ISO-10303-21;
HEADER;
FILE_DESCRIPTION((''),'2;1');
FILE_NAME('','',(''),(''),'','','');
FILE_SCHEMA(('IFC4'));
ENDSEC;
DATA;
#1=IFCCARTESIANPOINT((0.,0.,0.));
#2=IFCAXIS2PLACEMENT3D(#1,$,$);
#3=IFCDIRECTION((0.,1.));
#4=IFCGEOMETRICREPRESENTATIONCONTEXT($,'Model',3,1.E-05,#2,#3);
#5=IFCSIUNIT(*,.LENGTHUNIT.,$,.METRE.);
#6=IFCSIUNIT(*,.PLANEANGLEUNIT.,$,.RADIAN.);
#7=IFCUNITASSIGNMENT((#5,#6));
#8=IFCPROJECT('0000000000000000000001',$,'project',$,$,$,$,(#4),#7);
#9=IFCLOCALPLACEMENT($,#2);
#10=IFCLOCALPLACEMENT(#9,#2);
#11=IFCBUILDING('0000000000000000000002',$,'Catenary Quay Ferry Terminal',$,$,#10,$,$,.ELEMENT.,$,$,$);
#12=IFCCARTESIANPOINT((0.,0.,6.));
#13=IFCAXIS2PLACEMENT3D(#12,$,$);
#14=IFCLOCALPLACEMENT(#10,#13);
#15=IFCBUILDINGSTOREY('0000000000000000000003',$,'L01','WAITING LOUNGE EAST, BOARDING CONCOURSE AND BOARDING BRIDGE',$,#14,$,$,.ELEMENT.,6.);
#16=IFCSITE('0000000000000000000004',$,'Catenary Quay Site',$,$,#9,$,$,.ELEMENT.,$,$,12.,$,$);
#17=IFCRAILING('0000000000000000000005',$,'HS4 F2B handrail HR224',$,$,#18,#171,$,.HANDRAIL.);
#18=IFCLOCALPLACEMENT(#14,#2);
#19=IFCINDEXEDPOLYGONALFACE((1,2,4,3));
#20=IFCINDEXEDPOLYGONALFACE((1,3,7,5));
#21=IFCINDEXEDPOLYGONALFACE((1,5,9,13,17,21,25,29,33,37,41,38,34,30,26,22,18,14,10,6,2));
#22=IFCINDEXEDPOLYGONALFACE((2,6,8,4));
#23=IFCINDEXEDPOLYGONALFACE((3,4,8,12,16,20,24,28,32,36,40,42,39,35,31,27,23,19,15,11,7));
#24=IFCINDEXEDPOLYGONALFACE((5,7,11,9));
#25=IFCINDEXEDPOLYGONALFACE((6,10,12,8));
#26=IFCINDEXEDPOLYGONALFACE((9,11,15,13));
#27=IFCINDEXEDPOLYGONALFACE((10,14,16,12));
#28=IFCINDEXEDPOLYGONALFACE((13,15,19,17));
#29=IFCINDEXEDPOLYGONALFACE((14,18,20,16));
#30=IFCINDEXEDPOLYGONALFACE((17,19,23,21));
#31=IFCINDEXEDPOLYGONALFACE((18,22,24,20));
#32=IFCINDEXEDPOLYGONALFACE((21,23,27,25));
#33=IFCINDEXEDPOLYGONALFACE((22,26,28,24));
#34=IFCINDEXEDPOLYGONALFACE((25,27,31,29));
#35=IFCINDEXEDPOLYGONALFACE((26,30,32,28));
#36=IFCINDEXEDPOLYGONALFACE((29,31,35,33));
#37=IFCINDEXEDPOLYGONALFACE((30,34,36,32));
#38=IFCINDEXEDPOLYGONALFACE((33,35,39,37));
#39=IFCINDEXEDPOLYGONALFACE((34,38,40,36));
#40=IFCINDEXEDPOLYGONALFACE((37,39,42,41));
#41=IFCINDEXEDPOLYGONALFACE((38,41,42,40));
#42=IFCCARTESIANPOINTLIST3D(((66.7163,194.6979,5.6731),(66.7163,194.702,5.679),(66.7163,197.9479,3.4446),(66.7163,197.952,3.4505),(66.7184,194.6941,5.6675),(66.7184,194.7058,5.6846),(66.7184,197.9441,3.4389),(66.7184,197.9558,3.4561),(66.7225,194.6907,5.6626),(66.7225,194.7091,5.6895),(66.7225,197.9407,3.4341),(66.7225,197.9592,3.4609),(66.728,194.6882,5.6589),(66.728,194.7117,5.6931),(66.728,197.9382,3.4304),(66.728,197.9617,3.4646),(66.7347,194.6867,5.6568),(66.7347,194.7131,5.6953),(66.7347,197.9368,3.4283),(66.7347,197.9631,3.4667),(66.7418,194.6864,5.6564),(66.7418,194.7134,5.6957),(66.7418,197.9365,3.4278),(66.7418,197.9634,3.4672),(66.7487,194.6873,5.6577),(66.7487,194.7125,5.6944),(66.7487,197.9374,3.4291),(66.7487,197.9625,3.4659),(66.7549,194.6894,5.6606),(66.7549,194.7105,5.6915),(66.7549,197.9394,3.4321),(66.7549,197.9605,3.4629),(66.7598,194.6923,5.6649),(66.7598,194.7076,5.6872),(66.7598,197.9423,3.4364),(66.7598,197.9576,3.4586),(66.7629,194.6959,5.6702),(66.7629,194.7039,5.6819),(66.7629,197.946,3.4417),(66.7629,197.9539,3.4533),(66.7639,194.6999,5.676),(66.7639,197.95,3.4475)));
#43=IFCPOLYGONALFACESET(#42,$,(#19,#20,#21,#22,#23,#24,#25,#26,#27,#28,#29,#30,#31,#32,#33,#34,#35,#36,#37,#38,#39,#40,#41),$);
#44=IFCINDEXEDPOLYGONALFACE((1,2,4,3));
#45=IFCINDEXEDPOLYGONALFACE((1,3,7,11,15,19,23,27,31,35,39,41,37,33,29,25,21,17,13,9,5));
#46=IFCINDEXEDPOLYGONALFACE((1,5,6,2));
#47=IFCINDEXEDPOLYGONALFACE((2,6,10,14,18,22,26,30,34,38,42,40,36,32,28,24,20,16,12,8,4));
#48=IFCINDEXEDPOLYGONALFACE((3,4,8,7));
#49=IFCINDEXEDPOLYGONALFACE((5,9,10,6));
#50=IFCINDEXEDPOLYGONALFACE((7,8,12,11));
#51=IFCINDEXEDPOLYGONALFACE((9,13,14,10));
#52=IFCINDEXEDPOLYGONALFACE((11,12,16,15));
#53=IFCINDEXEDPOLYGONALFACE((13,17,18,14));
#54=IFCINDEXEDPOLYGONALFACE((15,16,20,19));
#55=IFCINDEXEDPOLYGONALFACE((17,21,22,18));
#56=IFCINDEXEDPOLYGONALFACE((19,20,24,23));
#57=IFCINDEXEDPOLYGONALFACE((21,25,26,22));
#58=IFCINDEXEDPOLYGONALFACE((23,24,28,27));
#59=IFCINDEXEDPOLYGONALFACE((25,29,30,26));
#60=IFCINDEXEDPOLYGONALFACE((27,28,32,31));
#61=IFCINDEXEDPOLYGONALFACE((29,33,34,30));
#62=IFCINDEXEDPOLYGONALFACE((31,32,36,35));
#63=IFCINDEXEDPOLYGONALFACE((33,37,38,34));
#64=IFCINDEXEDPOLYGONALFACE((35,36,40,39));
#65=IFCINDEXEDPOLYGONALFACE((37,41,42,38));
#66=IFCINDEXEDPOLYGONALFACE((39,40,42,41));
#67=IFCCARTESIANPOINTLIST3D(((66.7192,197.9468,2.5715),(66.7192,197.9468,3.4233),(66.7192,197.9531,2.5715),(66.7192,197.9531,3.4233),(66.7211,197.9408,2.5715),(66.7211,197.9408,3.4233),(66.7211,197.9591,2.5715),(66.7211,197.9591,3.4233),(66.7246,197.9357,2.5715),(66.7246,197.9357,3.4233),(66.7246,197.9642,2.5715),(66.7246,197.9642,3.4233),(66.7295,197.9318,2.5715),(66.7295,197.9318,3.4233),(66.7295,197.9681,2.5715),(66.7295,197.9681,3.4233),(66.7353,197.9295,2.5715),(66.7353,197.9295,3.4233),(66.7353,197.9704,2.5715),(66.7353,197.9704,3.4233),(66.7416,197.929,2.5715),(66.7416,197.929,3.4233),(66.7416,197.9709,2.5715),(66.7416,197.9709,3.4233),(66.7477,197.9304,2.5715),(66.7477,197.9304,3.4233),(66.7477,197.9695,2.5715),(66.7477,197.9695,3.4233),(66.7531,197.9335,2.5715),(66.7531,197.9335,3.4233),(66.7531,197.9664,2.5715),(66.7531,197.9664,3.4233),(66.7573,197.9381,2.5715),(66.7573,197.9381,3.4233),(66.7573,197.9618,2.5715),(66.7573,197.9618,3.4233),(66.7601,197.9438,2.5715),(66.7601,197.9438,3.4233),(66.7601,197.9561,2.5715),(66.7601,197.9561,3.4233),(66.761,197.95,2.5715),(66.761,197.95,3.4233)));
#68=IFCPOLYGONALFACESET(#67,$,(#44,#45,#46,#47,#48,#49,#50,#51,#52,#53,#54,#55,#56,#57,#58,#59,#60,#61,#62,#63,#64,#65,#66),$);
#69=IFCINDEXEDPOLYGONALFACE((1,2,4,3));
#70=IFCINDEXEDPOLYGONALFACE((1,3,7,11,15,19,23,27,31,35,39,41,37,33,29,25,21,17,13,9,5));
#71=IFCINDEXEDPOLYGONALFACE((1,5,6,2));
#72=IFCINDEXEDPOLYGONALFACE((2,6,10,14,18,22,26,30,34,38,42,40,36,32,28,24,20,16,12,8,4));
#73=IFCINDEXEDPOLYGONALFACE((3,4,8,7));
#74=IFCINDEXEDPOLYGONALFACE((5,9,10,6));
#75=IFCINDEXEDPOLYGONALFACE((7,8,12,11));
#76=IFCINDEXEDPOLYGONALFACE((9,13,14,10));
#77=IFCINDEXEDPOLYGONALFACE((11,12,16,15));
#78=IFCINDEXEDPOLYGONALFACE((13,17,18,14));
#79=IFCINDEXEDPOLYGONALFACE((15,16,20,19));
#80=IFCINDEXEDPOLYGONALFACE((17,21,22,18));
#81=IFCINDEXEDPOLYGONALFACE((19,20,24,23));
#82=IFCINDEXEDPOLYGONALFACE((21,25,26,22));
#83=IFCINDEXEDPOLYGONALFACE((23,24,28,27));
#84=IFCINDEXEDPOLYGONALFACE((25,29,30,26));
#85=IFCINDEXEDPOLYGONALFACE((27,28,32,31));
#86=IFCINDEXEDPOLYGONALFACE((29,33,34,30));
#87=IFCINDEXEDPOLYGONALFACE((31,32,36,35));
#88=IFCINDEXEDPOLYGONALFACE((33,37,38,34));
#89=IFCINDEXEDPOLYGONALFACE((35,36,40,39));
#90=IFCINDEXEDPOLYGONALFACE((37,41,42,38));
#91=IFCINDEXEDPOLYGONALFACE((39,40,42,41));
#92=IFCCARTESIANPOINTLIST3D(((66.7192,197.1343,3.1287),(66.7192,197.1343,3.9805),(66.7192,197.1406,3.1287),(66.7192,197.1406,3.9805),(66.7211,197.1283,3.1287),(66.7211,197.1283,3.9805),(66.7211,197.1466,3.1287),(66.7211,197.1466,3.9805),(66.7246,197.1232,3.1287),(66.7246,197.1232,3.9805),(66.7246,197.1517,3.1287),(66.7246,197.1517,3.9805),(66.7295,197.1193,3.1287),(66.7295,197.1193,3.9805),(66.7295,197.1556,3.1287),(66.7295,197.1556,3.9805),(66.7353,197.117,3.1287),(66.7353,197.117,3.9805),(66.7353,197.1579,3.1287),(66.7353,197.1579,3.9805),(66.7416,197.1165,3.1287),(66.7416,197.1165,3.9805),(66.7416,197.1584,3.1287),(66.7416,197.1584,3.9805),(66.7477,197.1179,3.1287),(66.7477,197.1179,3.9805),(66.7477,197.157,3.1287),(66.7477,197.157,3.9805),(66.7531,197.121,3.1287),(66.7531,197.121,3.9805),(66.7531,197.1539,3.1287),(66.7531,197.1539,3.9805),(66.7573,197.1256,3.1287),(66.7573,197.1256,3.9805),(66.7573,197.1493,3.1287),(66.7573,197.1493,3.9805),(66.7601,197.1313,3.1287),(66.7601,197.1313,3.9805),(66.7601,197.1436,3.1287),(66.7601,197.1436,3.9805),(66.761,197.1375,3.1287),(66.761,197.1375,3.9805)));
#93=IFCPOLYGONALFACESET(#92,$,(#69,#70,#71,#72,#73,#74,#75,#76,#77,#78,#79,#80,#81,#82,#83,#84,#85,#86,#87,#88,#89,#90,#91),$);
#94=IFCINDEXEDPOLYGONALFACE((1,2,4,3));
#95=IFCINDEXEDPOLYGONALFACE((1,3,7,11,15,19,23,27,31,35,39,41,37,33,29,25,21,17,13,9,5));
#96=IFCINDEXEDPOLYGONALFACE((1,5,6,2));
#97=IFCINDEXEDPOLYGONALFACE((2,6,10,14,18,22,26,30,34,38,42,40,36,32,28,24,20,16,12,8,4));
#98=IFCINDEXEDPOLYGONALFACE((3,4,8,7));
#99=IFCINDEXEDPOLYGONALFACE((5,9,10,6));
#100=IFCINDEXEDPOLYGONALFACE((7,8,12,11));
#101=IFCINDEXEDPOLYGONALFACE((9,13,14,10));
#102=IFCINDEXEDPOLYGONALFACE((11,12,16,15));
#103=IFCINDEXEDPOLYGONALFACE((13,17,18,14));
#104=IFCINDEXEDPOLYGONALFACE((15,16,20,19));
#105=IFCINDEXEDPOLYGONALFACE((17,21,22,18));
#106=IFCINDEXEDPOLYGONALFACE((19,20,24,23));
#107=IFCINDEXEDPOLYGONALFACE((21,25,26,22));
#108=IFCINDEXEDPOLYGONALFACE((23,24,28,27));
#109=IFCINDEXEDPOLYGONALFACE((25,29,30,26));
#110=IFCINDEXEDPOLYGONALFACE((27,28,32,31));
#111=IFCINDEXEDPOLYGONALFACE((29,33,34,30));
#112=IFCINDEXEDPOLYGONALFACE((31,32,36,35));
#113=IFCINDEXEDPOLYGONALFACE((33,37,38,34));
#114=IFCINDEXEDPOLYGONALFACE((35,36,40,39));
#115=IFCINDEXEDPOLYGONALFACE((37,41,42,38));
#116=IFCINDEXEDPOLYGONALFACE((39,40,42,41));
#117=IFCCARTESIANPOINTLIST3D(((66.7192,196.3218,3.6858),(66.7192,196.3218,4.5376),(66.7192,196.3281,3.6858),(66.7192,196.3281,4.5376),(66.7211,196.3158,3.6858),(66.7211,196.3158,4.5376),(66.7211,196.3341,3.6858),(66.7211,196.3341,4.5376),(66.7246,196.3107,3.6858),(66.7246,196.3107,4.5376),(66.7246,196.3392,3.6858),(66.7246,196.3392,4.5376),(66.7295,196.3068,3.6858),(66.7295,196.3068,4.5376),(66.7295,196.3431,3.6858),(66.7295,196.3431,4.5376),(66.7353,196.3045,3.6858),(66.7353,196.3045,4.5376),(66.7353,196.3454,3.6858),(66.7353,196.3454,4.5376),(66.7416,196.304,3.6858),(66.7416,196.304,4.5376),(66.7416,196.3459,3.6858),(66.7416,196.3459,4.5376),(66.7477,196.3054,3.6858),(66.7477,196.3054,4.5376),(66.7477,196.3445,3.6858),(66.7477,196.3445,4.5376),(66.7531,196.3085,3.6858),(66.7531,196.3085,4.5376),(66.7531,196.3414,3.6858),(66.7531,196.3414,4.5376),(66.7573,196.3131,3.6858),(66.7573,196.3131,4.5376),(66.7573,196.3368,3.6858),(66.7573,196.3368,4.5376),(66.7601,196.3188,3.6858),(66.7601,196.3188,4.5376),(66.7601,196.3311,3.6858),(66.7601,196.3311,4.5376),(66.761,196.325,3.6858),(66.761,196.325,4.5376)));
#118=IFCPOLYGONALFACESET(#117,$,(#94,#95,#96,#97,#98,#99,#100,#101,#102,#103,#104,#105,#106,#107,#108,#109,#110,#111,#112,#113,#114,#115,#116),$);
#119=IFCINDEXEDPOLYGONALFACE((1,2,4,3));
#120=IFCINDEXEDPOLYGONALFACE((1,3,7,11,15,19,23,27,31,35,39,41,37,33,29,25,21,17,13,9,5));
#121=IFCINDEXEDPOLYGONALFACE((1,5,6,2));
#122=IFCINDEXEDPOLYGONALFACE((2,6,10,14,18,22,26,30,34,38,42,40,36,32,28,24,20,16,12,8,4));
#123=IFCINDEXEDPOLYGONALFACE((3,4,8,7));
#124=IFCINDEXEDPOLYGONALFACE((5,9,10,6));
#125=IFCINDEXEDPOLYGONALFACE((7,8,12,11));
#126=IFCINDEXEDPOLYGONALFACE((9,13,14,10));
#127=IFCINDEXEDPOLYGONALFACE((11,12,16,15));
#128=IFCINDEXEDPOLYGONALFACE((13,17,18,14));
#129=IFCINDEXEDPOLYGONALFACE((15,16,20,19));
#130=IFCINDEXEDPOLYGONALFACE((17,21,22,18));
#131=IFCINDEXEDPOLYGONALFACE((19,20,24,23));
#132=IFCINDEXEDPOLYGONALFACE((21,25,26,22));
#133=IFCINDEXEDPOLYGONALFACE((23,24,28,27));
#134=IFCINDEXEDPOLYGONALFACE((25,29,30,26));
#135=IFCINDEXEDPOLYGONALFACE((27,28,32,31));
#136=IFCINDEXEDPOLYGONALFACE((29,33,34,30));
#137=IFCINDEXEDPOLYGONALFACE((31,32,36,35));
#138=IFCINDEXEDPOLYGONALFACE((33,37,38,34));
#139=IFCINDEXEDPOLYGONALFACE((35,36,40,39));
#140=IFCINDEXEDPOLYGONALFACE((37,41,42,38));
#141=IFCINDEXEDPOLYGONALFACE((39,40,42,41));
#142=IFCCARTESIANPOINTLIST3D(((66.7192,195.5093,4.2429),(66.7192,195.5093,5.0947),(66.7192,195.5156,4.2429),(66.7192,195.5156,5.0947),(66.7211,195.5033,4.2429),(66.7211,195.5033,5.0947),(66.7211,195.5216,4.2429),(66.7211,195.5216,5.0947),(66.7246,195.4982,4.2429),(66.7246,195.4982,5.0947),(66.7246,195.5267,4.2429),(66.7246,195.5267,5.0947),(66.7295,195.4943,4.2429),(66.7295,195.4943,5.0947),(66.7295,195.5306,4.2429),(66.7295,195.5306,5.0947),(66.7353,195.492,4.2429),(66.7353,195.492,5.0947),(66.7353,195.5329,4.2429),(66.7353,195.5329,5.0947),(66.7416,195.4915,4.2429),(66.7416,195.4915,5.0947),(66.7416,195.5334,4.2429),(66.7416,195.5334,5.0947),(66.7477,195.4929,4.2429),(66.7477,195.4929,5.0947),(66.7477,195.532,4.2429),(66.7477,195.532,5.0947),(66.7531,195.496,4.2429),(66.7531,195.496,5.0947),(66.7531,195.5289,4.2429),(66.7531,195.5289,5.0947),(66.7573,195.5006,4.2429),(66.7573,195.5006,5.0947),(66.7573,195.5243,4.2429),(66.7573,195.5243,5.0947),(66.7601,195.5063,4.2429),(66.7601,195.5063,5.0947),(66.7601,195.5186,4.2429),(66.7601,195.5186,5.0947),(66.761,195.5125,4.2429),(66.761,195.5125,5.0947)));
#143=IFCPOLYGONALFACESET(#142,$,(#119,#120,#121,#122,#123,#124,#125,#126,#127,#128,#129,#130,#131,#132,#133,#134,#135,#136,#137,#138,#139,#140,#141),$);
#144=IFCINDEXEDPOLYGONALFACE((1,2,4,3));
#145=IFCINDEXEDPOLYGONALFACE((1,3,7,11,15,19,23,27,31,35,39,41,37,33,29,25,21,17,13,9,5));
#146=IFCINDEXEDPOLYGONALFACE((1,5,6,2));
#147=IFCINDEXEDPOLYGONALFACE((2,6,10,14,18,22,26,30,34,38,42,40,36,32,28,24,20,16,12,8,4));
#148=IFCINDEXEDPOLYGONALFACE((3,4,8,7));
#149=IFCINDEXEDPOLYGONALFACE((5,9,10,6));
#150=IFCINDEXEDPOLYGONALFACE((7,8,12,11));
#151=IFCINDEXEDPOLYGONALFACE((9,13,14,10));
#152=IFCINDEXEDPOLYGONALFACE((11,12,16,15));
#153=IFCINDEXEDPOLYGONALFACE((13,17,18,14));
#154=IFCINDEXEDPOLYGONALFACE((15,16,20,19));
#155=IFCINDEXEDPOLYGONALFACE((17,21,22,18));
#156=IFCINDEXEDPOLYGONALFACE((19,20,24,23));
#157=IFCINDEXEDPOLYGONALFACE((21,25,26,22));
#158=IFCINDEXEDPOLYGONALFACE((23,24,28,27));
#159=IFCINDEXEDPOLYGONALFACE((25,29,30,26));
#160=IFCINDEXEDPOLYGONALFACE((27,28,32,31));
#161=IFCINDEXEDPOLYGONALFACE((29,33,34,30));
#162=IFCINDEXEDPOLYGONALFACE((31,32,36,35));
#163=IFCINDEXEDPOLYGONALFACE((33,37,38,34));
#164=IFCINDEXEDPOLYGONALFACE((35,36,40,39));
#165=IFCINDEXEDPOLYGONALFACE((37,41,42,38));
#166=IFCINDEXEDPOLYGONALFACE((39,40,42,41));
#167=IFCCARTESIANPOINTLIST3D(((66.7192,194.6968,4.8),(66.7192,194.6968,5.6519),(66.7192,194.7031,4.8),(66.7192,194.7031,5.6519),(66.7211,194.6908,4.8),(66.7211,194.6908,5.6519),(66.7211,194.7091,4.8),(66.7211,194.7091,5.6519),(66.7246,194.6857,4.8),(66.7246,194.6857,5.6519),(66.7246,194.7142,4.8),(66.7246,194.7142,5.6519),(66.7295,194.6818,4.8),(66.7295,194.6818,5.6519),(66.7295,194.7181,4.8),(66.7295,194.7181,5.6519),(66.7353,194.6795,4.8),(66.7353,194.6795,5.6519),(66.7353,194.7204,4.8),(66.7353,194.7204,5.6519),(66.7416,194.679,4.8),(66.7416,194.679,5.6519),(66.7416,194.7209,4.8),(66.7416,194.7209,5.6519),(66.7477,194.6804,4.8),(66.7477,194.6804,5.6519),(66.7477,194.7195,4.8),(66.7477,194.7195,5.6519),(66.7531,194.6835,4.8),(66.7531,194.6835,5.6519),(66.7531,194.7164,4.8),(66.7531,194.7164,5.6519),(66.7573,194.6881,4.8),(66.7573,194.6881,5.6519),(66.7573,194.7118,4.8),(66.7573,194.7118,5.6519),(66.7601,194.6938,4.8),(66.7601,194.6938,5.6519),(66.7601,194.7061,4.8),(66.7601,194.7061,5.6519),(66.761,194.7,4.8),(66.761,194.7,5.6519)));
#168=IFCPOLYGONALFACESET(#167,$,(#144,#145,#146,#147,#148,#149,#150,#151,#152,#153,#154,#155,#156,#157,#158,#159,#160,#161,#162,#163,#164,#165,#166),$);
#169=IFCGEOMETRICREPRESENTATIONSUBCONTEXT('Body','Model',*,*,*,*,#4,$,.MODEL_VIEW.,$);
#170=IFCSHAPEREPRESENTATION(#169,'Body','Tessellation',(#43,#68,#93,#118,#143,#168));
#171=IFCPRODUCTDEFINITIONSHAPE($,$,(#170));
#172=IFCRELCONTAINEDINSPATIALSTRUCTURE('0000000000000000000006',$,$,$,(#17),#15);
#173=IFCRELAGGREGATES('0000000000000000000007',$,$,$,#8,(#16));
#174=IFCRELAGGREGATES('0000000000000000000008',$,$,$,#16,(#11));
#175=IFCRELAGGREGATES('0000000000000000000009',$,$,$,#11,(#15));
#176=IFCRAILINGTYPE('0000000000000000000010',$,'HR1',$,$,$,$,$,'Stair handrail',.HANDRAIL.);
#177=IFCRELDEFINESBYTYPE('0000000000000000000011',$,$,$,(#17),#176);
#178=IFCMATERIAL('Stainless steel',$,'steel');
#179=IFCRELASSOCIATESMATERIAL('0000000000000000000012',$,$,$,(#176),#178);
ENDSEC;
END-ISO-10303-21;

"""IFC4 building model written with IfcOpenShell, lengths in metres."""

from ifc_helpers import new_model, si_unit, direction, frame, origin, origin_2d, place, context, subcontext, project, spatial, circle, extrude, material, type_object, element, save


model = new_model("IFC4")

# Units and contexts
model_context = context("Model", 3, precision=1e-05, world=origin(), true_north=direction((0.0, 1.0)))
body_context = subcontext(model_context, "Body", "Model", "MODEL_VIEW")
ifc_project = project(units=[si_unit("LENGTHUNIT", "METRE"), si_unit("PLANEANGLEUNIT", "RADIAN")], contexts=[model_context])

# Site, building, storey
site_placement = place(None, origin())
site = spatial("IfcSite", under=ifc_project, at=site_placement, Name="Catenary Quay Site", CompositionType="ELEMENT", RefElevation=12.0)
building_placement = place(site_placement, origin())
building = spatial("IfcBuilding", under=site, at=building_placement, Name="Catenary Quay Ferry Terminal", CompositionType="ELEMENT")
storey_placement = place(building_placement, frame((0.0, 0.0, 6.0)))
storey = spatial("IfcBuildingStorey", under=building, at=storey_placement, Name="L01", Description="WAITING LOUNGE EAST, BOARDING CONCOURSE AND BOARDING BRIDGE", CompositionType="ELEMENT", Elevation=6.0)

# Railing
ifc_material_1 = material(Name="Stainless steel", Category="steel")
railing_type_1 = type_object("IfcRailingType", Name="HR1", ElementType="Stair handrail", PredefinedType="HANDRAIL", material=ifc_material_1)
for number, where, name in (
    (1, (66.74, 197.95, 2.5715), "HS4 F2B handrail HR224"),
):
    element("IfcRailing", number, at=place(storey_placement, frame(where)), inside=storey, type_object=railing_type_1, Name=name, PredefinedType="HANDRAIL", context=body_context, shape_type="SweptSolid", body=[
        extrude(circle(Radius=0.0239, at=origin_2d()), frame((0.0, 0.0, 0.876), z_axis=(0.0, -0.824735, 0.565519), x_axis=(1.0, 0.0, 0.0)), (0.0, 0.0, 1.0), 3.9407),
        extrude(circle(Radius=0.021, at=origin_2d()), origin(), (0.0, 0.0, 1.0), 0.8518),
        extrude(circle(Radius=0.021, at=origin_2d()), frame((0.0, -0.8125, 0.5571)), (0.0, 0.0, 1.0), 0.8518),
        extrude(circle(Radius=0.021, at=origin_2d()), frame((0.0, -1.625, 1.1143)), (0.0, 0.0, 1.0), 0.8518),
        extrude(circle(Radius=0.021, at=origin_2d()), frame((0.0, -2.4375, 1.6714)), (0.0, 0.0, 1.0), 0.8518),
        extrude(circle(Radius=0.021, at=origin_2d()), frame((0.0, -3.25, 2.2285)), (0.0, 0.0, 1.0), 0.8518),
    ])

save(model, "model.ifc")
